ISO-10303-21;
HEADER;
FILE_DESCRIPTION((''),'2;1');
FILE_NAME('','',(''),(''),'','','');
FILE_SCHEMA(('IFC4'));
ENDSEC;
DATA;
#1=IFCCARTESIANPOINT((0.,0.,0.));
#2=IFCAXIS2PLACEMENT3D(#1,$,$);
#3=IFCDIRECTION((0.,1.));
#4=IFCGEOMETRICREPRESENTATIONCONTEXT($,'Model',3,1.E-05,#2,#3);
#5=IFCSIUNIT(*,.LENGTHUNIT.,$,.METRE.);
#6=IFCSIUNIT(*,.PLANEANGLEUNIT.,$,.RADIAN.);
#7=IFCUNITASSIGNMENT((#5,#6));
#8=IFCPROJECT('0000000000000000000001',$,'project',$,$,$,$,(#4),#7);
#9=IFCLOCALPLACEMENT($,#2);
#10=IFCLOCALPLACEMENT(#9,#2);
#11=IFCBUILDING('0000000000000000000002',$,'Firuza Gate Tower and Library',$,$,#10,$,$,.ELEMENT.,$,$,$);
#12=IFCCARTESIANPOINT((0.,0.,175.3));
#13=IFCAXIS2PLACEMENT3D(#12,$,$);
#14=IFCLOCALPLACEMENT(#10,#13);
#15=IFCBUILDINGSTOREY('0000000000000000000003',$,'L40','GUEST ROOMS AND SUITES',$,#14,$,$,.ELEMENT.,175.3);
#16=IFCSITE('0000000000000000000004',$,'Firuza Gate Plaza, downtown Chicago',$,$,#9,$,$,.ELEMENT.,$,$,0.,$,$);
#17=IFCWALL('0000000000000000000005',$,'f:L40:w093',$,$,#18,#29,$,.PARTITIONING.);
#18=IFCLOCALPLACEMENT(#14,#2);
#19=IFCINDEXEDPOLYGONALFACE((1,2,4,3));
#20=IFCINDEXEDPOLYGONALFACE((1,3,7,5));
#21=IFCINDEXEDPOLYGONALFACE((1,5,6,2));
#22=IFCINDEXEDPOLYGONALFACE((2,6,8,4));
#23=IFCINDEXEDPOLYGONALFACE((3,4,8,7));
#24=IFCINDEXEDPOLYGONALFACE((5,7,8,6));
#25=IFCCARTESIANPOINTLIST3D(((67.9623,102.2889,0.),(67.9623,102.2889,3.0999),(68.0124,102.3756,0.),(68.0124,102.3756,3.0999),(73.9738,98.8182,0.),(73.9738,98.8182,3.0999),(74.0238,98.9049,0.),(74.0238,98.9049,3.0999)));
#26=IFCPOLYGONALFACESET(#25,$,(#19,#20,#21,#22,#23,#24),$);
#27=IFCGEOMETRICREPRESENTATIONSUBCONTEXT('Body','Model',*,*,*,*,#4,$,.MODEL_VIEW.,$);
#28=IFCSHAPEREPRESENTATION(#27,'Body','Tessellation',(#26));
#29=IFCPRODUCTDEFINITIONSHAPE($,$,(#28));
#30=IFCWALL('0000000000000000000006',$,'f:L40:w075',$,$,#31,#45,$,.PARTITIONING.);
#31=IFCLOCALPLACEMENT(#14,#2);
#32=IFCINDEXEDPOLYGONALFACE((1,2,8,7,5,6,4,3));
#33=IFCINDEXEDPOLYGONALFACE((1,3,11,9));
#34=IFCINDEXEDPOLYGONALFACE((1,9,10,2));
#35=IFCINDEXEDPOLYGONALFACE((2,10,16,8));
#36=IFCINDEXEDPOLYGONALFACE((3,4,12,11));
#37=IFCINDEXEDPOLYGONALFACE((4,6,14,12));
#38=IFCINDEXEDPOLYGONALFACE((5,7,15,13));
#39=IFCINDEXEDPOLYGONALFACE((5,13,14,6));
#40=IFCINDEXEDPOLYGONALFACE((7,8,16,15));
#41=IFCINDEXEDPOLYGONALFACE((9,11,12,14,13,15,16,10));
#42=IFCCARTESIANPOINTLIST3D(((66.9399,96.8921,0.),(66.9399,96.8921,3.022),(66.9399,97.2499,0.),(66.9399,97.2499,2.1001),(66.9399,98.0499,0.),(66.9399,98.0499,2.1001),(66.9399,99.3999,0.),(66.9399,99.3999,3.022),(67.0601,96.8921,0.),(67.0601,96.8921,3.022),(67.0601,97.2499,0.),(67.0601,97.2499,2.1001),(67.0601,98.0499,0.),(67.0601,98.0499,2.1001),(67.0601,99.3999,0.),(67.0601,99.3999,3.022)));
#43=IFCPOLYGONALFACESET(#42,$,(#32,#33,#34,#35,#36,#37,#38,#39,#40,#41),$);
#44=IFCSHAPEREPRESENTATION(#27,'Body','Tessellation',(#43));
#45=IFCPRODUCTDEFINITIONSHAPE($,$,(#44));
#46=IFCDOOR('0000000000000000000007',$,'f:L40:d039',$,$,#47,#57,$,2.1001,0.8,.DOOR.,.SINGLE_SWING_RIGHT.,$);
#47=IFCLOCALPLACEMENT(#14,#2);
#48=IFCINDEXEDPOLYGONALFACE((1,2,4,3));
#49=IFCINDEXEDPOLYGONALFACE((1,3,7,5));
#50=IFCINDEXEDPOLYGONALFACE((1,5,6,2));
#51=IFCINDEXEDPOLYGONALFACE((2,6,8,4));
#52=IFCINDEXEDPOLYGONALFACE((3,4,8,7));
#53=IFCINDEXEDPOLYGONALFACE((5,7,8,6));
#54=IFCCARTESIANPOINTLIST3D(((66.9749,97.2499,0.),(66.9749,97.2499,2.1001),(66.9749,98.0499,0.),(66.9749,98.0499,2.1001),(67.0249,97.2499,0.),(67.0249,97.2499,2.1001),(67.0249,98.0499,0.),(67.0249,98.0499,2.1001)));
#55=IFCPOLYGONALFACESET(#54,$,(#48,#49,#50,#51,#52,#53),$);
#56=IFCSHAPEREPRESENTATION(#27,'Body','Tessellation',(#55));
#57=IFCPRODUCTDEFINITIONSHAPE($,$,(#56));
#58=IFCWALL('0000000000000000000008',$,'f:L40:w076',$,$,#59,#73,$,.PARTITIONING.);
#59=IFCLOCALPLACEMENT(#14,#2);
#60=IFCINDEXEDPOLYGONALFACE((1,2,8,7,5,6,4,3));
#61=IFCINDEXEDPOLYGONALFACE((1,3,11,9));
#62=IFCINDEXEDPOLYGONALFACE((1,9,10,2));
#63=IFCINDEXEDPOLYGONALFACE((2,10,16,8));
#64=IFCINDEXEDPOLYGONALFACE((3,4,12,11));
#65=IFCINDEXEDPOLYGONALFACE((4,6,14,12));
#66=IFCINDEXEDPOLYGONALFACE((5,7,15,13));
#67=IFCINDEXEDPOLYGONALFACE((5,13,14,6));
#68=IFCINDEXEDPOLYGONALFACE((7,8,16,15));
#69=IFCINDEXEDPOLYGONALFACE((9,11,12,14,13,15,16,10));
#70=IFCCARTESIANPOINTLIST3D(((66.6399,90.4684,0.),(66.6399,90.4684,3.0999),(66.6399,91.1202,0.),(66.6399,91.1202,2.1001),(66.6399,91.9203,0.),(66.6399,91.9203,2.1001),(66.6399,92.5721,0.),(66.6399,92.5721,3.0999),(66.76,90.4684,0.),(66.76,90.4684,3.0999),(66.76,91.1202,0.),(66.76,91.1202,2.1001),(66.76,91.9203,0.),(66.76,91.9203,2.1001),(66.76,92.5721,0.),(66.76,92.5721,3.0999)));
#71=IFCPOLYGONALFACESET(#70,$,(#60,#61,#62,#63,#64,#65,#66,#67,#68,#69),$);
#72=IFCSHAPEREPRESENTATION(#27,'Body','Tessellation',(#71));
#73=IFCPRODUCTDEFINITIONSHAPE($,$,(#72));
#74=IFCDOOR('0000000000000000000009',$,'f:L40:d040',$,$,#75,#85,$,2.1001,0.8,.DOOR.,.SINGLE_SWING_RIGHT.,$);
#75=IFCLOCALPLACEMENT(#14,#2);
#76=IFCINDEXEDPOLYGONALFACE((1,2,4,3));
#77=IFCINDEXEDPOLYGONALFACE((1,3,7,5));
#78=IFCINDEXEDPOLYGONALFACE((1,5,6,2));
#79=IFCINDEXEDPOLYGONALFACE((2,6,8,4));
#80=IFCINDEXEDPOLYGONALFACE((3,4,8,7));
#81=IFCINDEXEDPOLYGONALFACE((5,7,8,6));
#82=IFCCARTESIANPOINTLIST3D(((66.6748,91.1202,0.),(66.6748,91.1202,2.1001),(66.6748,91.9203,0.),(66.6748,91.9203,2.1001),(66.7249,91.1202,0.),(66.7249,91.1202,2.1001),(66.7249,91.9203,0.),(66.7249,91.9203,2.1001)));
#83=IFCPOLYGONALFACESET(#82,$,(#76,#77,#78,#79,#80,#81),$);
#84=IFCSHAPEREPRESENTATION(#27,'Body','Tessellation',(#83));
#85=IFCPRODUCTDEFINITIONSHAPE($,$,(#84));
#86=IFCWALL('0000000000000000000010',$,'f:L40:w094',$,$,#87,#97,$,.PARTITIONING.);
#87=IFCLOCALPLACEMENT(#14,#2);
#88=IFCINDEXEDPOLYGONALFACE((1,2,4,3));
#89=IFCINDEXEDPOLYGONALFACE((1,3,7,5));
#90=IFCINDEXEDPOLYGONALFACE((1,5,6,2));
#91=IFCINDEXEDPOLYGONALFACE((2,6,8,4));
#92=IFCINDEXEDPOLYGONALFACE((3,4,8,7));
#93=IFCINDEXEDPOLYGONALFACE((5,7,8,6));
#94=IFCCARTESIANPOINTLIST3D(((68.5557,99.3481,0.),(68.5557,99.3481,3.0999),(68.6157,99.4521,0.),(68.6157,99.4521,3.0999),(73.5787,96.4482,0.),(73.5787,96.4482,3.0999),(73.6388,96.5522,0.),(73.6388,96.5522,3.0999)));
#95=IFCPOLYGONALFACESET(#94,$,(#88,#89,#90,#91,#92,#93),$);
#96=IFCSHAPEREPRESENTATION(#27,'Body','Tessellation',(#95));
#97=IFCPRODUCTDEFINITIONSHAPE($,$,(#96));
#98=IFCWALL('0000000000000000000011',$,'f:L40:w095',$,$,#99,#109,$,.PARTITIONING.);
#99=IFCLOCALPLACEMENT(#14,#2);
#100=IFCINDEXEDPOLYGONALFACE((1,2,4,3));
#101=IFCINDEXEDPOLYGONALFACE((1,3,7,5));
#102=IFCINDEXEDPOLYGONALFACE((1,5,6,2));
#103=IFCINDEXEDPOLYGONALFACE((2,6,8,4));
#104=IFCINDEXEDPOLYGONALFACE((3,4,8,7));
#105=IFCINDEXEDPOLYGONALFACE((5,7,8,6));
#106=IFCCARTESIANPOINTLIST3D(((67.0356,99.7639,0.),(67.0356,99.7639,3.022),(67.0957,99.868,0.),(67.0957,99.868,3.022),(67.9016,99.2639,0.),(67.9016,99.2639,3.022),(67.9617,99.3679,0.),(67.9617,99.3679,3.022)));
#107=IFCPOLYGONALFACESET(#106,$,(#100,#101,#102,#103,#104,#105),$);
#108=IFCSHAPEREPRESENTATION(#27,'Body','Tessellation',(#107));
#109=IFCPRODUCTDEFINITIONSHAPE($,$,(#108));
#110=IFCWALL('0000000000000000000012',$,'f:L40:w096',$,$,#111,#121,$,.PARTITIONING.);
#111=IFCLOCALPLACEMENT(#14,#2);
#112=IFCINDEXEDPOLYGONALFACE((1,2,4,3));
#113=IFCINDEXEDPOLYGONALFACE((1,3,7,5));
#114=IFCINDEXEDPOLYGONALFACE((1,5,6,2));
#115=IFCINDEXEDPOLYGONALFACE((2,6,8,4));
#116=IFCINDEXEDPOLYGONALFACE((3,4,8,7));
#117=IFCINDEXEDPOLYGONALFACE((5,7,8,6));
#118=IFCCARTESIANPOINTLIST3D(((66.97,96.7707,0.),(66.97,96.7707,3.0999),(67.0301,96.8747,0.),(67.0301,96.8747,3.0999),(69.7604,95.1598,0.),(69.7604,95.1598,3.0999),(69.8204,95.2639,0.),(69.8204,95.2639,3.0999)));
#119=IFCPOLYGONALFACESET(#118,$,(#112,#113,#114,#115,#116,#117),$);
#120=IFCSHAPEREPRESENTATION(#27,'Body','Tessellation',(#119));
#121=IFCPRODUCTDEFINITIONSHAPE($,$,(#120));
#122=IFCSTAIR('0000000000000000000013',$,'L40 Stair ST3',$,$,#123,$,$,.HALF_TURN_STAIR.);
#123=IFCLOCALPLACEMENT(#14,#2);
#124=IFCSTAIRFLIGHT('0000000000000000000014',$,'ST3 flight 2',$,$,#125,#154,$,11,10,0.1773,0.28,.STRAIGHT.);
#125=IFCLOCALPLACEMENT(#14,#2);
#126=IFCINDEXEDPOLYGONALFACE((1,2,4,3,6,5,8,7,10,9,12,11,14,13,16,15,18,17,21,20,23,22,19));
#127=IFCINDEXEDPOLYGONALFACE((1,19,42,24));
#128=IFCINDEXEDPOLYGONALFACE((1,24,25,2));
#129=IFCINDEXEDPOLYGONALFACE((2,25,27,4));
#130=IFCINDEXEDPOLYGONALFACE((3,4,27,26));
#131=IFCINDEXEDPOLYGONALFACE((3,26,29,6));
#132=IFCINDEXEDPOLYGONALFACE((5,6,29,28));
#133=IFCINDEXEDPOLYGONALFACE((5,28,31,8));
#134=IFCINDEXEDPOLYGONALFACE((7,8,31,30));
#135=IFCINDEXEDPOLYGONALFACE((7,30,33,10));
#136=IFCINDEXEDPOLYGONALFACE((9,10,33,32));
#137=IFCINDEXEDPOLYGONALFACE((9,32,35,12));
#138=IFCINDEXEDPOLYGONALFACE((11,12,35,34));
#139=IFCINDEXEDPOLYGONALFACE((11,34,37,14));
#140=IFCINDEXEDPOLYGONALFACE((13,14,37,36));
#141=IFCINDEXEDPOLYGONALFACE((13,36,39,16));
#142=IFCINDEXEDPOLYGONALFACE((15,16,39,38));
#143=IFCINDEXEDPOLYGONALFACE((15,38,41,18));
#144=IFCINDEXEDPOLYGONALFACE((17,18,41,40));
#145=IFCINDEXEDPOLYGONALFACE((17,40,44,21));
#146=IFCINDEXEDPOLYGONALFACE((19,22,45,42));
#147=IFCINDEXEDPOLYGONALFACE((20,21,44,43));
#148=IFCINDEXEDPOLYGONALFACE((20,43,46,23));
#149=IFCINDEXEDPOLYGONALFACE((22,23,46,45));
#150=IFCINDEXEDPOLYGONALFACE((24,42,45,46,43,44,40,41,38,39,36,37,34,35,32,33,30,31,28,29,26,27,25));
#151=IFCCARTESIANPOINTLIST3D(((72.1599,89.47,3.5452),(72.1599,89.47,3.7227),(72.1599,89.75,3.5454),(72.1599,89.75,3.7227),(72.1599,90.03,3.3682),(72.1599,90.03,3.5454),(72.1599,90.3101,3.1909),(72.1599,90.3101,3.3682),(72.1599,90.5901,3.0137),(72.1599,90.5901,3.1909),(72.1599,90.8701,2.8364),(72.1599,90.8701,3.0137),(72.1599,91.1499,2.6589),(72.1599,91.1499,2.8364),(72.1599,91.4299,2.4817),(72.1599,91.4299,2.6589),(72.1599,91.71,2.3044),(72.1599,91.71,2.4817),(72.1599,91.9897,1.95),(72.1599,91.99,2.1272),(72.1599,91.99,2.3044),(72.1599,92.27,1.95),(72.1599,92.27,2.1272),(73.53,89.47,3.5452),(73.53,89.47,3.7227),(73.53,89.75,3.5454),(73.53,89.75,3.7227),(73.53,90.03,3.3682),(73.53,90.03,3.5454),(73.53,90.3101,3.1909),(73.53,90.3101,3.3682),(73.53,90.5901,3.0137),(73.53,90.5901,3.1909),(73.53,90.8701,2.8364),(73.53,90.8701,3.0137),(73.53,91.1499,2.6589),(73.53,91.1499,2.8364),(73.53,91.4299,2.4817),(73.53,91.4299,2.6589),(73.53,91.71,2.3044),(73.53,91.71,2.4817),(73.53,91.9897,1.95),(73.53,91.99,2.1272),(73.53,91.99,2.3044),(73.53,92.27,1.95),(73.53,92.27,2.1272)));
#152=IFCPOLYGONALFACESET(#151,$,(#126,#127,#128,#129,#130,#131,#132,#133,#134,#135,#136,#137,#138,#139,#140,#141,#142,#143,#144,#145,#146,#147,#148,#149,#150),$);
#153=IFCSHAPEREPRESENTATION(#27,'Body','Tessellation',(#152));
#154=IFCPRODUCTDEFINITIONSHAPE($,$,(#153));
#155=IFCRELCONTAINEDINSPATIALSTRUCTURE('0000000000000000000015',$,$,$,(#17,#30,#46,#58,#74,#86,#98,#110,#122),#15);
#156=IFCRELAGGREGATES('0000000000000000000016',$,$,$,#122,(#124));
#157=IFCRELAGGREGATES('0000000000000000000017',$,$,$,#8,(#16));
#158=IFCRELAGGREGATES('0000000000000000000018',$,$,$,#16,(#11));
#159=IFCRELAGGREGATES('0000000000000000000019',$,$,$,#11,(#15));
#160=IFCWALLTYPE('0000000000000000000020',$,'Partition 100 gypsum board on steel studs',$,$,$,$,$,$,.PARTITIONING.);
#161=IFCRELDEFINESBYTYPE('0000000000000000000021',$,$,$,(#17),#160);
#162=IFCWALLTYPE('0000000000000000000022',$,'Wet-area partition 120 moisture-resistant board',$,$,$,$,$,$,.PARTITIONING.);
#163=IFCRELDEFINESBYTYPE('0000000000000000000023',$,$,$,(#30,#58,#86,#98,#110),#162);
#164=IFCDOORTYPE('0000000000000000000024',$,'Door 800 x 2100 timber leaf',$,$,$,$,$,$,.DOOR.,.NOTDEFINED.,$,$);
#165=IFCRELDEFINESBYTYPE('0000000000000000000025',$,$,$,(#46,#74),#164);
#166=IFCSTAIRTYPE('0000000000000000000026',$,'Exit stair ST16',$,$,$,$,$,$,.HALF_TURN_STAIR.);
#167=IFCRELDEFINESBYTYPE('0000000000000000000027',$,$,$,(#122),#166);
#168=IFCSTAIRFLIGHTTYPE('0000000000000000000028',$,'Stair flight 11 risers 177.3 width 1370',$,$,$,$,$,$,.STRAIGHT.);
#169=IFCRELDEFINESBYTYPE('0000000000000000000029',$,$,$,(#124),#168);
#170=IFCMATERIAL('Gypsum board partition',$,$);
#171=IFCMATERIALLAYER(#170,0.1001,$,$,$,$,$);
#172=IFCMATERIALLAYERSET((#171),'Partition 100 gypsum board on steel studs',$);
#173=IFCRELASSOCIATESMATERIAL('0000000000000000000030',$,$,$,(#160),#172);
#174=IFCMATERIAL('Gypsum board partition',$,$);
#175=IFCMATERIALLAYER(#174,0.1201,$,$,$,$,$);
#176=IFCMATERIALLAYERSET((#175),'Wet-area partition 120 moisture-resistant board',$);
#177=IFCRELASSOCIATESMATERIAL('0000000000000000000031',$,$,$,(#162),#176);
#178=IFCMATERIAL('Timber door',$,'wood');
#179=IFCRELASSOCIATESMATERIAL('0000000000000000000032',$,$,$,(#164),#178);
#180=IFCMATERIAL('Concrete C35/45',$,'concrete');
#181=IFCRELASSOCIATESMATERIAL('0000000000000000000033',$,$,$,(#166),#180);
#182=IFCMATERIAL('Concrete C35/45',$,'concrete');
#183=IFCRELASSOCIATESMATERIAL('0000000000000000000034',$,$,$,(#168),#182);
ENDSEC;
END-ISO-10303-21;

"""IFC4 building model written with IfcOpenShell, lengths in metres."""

from ifc_helpers import new_model, si_unit, direction, frame, frame_2d, origin, place, context, subcontext, project, spatial, polyline, rectangle, outline, extrude, material, layer, layer_set, type_object, element, fill, aggregate, save


model = new_model("IFC4")

# Units and contexts
model_context = context("Model", 3, precision=1e-05, world=origin(), true_north=direction((0.0, 1.0)))
body_context = subcontext(model_context, "Body", "Model", "MODEL_VIEW")
ifc_project = project(units=[si_unit("LENGTHUNIT", "METRE"), si_unit("PLANEANGLEUNIT", "RADIAN")], contexts=[model_context])

# Site, building, storey
site_placement = place(None, origin())
site = spatial("IfcSite", under=ifc_project, at=site_placement, Name="Firuza Gate Plaza, downtown Chicago", CompositionType="ELEMENT", RefElevation=0.0)
building_placement = place(site_placement, origin())
building = spatial("IfcBuilding", under=site, at=building_placement, Name="Firuza Gate Tower and Library", CompositionType="ELEMENT")
storey_placement = place(building_placement, frame((0.0, 0.0, 175.3)))
storey = spatial("IfcBuildingStorey", under=building, at=storey_placement, Name="L40", Description="GUEST ROOMS AND SUITES", CompositionType="ELEMENT", Elevation=175.3)

# Shared definitions
placement = place(storey_placement, origin())

# Wall
ifc_material_1 = material(Name="Gypsum board partition")
ifc_layer_1 = layer(ifc_material_1, 0.1001)
ifc_layer_set_1 = layer_set([ifc_layer_1], Name="Partition 100 gypsum board on steel studs")
wall_type_1 = type_object("IfcWallType", Name="Partition 100 gypsum board on steel studs", PredefinedType="PARTITIONING", material=ifc_layer_set_1)
wall_1_placement = place(storey_placement, frame((73.9988, 98.8616, 0.0), z_axis=(0.0, 0.0, 1.0), x_axis=(-0.866027, 0.499997, 0.0)))
element("IfcWall", 1, at=wall_1_placement, inside=storey, type_object=wall_type_1, Name="f:L40:w093", PredefinedType="PARTITIONING", context=body_context, shape_type="SweptSolid", body=[
    extrude(rectangle(XDim=6.9414, YDim=0.1001, at=frame_2d((3.4707, 0.0))), origin(), (0.0, 0.0, 1.0), 3.0999),
])

# Walls, openings, doors
ifc_material_2 = material(Name="Gypsum board partition")
ifc_layer_2 = layer(ifc_material_2, 0.1201)
ifc_layer_set_2 = layer_set([ifc_layer_2], Name="Wet-area partition 120 moisture-resistant board")
wall_type_2 = type_object("IfcWallType", Name="Wet-area partition 120 moisture-resistant board", PredefinedType="PARTITIONING", material=ifc_layer_set_2)
wall_2_placement = place(storey_placement, frame((67.0, 99.3999, 0.0), z_axis=(0.0, 0.0, 1.0), x_axis=(0.0, -1.0, 0.0)))
wall_2 = element("IfcWall", 2, at=wall_2_placement, inside=storey, type_object=wall_type_2, Name="f:L40:w075", PredefinedType="PARTITIONING", context=body_context, shape_type="SweptSolid", body=[
    extrude(rectangle(XDim=2.5078, YDim=0.1201, at=frame_2d((1.2539, 0.0))), origin(), (0.0, 0.0, 1.0), 3.022),
])
opening_1_placement = place(wall_2_placement, frame((1.3501, 0.0, 0.0)))
opening_1 = element("IfcOpeningElement", 3, at=opening_1_placement, cuts=wall_2, PredefinedType="OPENING", context=body_context, shape_type="SweptSolid", body=[
    extrude(rectangle(XDim=0.8, YDim=2.1001, at=frame_2d((0.3999, 1.05))), frame((0.0, 0.0701, 0.0), z_axis=(0.0, -1.0, 0.0), x_axis=(1.0, 0.0, 0.0)), (0.0, 0.0, 1.0), 0.1401),
])
ifc_material_3 = material(Name="Timber door", Category="wood")
door_type_1 = type_object("IfcDoorType", Name="Door 800 x 2100 timber leaf", OperationType="NOTDEFINED", PredefinedType="DOOR", material=ifc_material_3)
door_1_placement = place(opening_1_placement, origin())
door_1 = element("IfcDoor", 4, at=door_1_placement, inside=storey, type_object=door_type_1, Name="f:L40:d039", OperationType="SINGLE_SWING_RIGHT", OverallHeight=2.1001, OverallWidth=0.8, PredefinedType="DOOR", context=body_context, shape_type="SweptSolid", body=[
    extrude(rectangle(XDim=0.8, YDim=2.1001, at=frame_2d((0.3999, 1.05))), frame((0.0, 0.0249, 0.0), z_axis=(0.0, -1.0, 0.0), x_axis=(1.0, 0.0, 0.0)), (0.0, 0.0, 1.0), 0.05),
])
fill(opening_1, door_1)
wall_3_placement = place(storey_placement, frame((66.7, 92.572, 0.0), z_axis=(0.0, 0.0, 1.0), x_axis=(0.0, -1.0, 0.0)))
wall_3 = element("IfcWall", 5, at=wall_3_placement, inside=storey, type_object=wall_type_2, Name="f:L40:w076", PredefinedType="PARTITIONING", context=body_context, shape_type="SweptSolid", body=[
    extrude(rectangle(XDim=2.1038, YDim=0.1201, at=frame_2d((1.0518, 0.0))), origin(), (0.0, 0.0, 1.0), 3.0999),
])
opening_2_placement = place(wall_3_placement, frame((0.6519, 0.0, 0.0)))
opening_2 = element("IfcOpeningElement", 6, at=opening_2_placement, cuts=wall_3, PredefinedType="OPENING", context=body_context, shape_type="SweptSolid", body=[
    extrude(rectangle(XDim=0.8, YDim=2.1001, at=frame_2d((0.3999, 1.05))), frame((0.0, 0.0701, 0.0), z_axis=(0.0, -1.0, 0.0), x_axis=(1.0, 0.0, 0.0)), (0.0, 0.0, 1.0), 0.1401),
])
door_2_placement = place(opening_2_placement, origin())
door_2 = element("IfcDoor", 7, at=door_2_placement, inside=storey, type_object=door_type_1, Name="f:L40:d040", OperationType="SINGLE_SWING_RIGHT", OverallHeight=2.1001, OverallWidth=0.8, PredefinedType="DOOR", context=body_context, shape_type="SweptSolid", body=[
    extrude(rectangle(XDim=0.8, YDim=2.1001, at=frame_2d((0.3999, 1.05))), frame((0.0, 0.0249, 0.0), z_axis=(0.0, -1.0, 0.0), x_axis=(1.0, 0.0, 0.0)), (0.0, 0.0, 1.0), 0.05),
])
fill(opening_2, door_2)

# Walls
wall_4_placement = place(storey_placement, frame((73.6086, 96.5002, 0.0), z_axis=(0.0, 0.0, 1.0), x_axis=(-0.866033, 0.499987, 0.0)))
element("IfcWall", 8, at=wall_4_placement, inside=storey, type_object=wall_type_2, Name="f:L40:w094", PredefinedType="PARTITIONING", context=body_context, shape_type="SweptSolid", body=[
    extrude(rectangle(XDim=5.8, YDim=0.1201, at=frame_2d((2.8999, 0.0))), origin(), (0.0, 0.0, 1.0), 3.0999),
])
wall_5_placement = place(storey_placement, frame((67.9316, 99.3159, 0.0), z_axis=(0.0, 0.0, 1.0), x_axis=(-0.866011, 0.500025, 0.0)))
element("IfcWall", 9, at=wall_5_placement, inside=storey, type_object=wall_type_2, Name="f:L40:w095", PredefinedType="PARTITIONING", context=body_context, shape_type="SweptSolid", body=[
    extrude(rectangle(XDim=1.0, YDim=0.1201, at=frame_2d((0.5, 0.0))), origin(), (0.0, 0.0, 1.0), 3.022),
])
wall_6_placement = place(storey_placement, frame((69.7903, 95.2119, 0.0), z_axis=(0.0, 0.0, 1.0), x_axis=(-0.866043, 0.49997, 0.0)))
element("IfcWall", 10, at=wall_6_placement, inside=storey, type_object=wall_type_2, Name="f:L40:w096", PredefinedType="PARTITIONING", context=body_context, shape_type="SweptSolid", body=[
    extrude(rectangle(XDim=3.2219, YDim=0.1201, at=frame_2d((1.6108, 0.0))), origin(), (0.0, 0.0, 1.0), 3.0999),
])

# Stair, stair flight
ifc_material_4 = material(Name="Concrete C35/45", Category="concrete")
stair_type = type_object("IfcStairType", Name="Exit stair ST16", PredefinedType="HALF_TURN_STAIR", material=ifc_material_4)
stair = element("IfcStair", 11, at=placement, inside=storey, type_object=stair_type, Name="L40 Stair ST3", PredefinedType="HALF_TURN_STAIR")
ifc_material_5 = material(Name="Concrete C35/45", Category="concrete")
stair_flight_type = type_object("IfcStairFlightType", Name="Stair flight 11 risers 177.3 width 1370", PredefinedType="STRAIGHT", material=ifc_material_5)
stair_flight_placement = place(storey_placement, frame((72.845, 92.27, 1.95), z_axis=(0.0, 0.0, 1.0), x_axis=(0.0, -1.0, 0.0)))
stair_flight = element("IfcStairFlight", 12, at=stair_flight_placement, type_object=stair_flight_type, Name="ST3 flight 2", NumberOfRisers=11, NumberOfTreads=10, PredefinedType="STRAIGHT", RiserHeight=0.1773, TreadLength=0.28, context=body_context, shape_type="SweptSolid", body=[
    extrude(outline(polyline([(0.0, 0.0), (0.0, 0.1772), (0.28, 0.1772), (0.28, 0.3545), (0.5601, 0.3545), (0.5601, 0.5317), (0.8401, 0.5317), (0.8401, 0.709), (1.1201, 0.709), (1.1201, 0.8865), (1.3999, 0.8865), (1.3999, 1.0637), (1.6799, 1.0637), (1.6799, 1.241), (1.96, 1.241), (1.96, 1.4182), (2.24, 1.4182), (2.24, 1.5955), (2.52, 1.5955), (2.52, 1.7727), (2.8, 1.7727), (2.8, 1.95), (2.8, 1.5952), (0.2803, 0.0), (0.0, 0.0)])), frame((0.0, 0.6851, 0.0), z_axis=(0.0, -1.0, 0.0), x_axis=(1.0, 0.0, 0.0)), (0.0, 0.0, 1.0), 1.3701),
])
aggregate(stair, [stair_flight])

save(model, "model.ifc")
